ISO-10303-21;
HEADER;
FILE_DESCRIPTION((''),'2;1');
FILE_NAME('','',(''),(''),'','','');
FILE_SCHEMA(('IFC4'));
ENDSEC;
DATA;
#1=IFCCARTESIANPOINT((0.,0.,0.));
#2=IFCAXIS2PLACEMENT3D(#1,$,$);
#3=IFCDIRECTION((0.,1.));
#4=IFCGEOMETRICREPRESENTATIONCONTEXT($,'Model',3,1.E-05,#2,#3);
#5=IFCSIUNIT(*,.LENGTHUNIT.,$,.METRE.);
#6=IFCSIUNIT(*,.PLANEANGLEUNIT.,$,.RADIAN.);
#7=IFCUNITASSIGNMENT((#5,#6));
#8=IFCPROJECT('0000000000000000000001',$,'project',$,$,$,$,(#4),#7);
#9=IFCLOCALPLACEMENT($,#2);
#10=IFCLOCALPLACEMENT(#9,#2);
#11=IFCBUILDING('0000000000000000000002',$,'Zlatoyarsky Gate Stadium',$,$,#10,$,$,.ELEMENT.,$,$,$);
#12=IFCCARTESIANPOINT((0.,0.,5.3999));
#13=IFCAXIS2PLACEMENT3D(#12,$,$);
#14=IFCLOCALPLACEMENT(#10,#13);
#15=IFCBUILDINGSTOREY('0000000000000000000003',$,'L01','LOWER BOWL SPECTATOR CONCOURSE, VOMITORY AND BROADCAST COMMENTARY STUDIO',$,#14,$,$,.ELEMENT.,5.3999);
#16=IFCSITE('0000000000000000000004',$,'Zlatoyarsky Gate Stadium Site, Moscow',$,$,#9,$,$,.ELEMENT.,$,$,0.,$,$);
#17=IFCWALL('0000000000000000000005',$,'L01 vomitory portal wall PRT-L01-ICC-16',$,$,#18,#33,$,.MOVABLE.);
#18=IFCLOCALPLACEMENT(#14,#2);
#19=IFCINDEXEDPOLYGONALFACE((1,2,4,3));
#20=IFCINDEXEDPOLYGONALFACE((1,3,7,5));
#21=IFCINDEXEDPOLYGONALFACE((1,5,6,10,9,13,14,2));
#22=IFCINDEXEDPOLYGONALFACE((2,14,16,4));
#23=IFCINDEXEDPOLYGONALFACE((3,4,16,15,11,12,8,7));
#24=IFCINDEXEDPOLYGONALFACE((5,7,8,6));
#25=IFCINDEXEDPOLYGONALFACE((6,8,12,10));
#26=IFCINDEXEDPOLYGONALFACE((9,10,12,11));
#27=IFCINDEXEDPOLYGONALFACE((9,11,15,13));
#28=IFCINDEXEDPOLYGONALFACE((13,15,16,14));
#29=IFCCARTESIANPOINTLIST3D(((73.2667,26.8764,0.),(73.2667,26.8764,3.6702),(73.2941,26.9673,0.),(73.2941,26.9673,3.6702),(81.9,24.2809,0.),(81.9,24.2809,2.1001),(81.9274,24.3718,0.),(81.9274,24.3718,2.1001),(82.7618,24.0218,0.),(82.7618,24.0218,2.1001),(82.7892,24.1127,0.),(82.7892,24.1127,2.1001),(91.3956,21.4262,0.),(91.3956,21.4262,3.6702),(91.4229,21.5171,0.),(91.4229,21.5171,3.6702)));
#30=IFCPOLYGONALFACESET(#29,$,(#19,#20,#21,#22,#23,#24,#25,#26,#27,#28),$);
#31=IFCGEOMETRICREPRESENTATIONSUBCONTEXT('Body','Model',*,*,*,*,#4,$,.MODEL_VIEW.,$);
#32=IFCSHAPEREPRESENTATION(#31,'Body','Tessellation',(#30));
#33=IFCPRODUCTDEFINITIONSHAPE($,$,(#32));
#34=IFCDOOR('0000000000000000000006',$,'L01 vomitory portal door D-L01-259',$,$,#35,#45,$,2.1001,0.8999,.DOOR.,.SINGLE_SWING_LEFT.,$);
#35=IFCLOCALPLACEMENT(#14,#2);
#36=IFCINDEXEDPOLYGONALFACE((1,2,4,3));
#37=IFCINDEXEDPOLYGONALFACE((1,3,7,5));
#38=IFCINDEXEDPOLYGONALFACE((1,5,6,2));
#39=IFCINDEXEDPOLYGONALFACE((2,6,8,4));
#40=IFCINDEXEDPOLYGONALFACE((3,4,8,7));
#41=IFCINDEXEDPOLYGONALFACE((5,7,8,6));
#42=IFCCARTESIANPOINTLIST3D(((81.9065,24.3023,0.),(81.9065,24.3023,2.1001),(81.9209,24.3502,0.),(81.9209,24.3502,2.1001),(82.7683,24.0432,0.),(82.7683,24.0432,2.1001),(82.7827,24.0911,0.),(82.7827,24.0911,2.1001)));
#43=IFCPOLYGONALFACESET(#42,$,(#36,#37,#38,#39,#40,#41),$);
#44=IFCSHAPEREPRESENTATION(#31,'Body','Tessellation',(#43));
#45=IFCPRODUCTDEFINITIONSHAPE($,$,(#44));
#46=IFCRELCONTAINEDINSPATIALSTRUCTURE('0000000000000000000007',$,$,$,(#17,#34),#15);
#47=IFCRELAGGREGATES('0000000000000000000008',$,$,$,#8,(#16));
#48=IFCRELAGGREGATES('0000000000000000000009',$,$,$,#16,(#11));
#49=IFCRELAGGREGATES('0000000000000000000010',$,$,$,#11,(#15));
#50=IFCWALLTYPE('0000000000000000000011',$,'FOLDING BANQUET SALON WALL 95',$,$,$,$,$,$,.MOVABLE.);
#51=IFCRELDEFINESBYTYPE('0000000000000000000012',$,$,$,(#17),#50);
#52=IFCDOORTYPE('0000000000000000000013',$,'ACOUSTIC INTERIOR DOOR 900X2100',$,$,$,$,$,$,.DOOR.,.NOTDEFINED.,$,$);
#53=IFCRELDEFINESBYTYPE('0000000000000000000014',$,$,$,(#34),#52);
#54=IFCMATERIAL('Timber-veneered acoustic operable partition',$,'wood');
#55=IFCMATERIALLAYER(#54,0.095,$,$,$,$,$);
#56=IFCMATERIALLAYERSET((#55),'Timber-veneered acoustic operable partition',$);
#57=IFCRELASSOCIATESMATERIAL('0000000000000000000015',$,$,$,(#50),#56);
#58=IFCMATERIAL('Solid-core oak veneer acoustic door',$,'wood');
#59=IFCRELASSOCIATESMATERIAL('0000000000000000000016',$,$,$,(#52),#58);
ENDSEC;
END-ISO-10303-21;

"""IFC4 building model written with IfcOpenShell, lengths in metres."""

from ifc_helpers import new_model, si_unit, direction, frame, frame_2d, origin, place, context, subcontext, project, spatial, rectangle, extrude, material, layer, layer_set, type_object, element, fill, save


model = new_model("IFC4")

# Units and contexts
model_context = context("Model", 3, precision=1e-05, world=origin(), true_north=direction((0.0, 1.0)))
body_context = subcontext(model_context, "Body", "Model", "MODEL_VIEW")
ifc_project = project(units=[si_unit("LENGTHUNIT", "METRE"), si_unit("PLANEANGLEUNIT", "RADIAN")], contexts=[model_context])

# Site, building, storey
site_placement = place(None, origin())
site = spatial("IfcSite", under=ifc_project, at=site_placement, Name="Zlatoyarsky Gate Stadium Site, Moscow", CompositionType="ELEMENT", RefElevation=0.0)
building_placement = place(site_placement, origin())
building = spatial("IfcBuilding", under=site, at=building_placement, Name="Zlatoyarsky Gate Stadium", CompositionType="ELEMENT")
storey_placement = place(building_placement, frame((0.0, 0.0, 5.3999)))
storey = spatial("IfcBuildingStorey", under=building, at=storey_placement, Name="L01", Description="LOWER BOWL SPECTATOR CONCOURSE, VOMITORY AND BROADCAST COMMENTARY STUDIO", CompositionType="ELEMENT", Elevation=5.3999)

# Wall, opening, door
ifc_material_1 = material(Name="Timber-veneered acoustic operable partition", Category="wood")
ifc_layer_1 = layer(ifc_material_1, 0.095)
ifc_layer_set_1 = layer_set([ifc_layer_1], Name="Timber-veneered acoustic operable partition")
wall_type_1 = type_object("IfcWallType", Name="FOLDING BANQUET SALON WALL 95", PredefinedType="MOVABLE", material=ifc_layer_set_1)
wall_1_placement = place(storey_placement, frame((73.2803, 26.9219, 0.0), z_axis=(0.0, 0.0, 1.0), x_axis=(0.957659, -0.287906, 0.0)))
wall_1 = element("IfcWall", 1, at=wall_1_placement, inside=storey, type_object=wall_type_1, Name="L01 vomitory portal wall PRT-L01-ICC-16", PredefinedType="MOVABLE", context=body_context, shape_type="SweptSolid", body=[
    extrude(rectangle(XDim=18.9304, YDim=0.095, at=frame_2d((9.4653, 0.0))), origin(), (0.0, 0.0, 1.0), 3.6702),
])
opening_1_placement = place(wall_1_placement, frame((9.0151, 0.0, 0.0)))
opening_1 = element("IfcOpeningElement", 2, at=opening_1_placement, cuts=wall_1, PredefinedType="OPENING", context=body_context, shape_type="SweptSolid", body=[
    extrude(rectangle(XDim=0.8999, YDim=2.1001, at=frame_2d((0.45, 1.05))), frame((0.0, 0.0574, 0.0), z_axis=(0.0, -1.0, 0.0), x_axis=(1.0, 0.0, 0.0)), (0.0, 0.0, 1.0), 0.115),
])
ifc_material_2 = material(Name="Solid-core oak veneer acoustic door", Category="wood")
door_type_1 = type_object("IfcDoorType", Name="ACOUSTIC INTERIOR DOOR 900X2100", OperationType="NOTDEFINED", PredefinedType="DOOR", material=ifc_material_2)
door_1_placement = place(opening_1_placement, origin())
door_1 = element("IfcDoor", 3, at=door_1_placement, inside=storey, type_object=door_type_1, Name="L01 vomitory portal door D-L01-259", OperationType="SINGLE_SWING_LEFT", OverallHeight=2.1001, OverallWidth=0.8999, PredefinedType="DOOR", context=body_context, shape_type="SweptSolid", body=[
    extrude(rectangle(XDim=0.8999, YDim=2.1001, at=frame_2d((0.45, 1.05))), frame((0.0, 0.0249, 0.0), z_axis=(0.0, -1.0, 0.0), x_axis=(1.0, 0.0, 0.0)), (0.0, 0.0, 1.0), 0.05),
])
fill(opening_1, door_1)

save(model, "model.ifc")
